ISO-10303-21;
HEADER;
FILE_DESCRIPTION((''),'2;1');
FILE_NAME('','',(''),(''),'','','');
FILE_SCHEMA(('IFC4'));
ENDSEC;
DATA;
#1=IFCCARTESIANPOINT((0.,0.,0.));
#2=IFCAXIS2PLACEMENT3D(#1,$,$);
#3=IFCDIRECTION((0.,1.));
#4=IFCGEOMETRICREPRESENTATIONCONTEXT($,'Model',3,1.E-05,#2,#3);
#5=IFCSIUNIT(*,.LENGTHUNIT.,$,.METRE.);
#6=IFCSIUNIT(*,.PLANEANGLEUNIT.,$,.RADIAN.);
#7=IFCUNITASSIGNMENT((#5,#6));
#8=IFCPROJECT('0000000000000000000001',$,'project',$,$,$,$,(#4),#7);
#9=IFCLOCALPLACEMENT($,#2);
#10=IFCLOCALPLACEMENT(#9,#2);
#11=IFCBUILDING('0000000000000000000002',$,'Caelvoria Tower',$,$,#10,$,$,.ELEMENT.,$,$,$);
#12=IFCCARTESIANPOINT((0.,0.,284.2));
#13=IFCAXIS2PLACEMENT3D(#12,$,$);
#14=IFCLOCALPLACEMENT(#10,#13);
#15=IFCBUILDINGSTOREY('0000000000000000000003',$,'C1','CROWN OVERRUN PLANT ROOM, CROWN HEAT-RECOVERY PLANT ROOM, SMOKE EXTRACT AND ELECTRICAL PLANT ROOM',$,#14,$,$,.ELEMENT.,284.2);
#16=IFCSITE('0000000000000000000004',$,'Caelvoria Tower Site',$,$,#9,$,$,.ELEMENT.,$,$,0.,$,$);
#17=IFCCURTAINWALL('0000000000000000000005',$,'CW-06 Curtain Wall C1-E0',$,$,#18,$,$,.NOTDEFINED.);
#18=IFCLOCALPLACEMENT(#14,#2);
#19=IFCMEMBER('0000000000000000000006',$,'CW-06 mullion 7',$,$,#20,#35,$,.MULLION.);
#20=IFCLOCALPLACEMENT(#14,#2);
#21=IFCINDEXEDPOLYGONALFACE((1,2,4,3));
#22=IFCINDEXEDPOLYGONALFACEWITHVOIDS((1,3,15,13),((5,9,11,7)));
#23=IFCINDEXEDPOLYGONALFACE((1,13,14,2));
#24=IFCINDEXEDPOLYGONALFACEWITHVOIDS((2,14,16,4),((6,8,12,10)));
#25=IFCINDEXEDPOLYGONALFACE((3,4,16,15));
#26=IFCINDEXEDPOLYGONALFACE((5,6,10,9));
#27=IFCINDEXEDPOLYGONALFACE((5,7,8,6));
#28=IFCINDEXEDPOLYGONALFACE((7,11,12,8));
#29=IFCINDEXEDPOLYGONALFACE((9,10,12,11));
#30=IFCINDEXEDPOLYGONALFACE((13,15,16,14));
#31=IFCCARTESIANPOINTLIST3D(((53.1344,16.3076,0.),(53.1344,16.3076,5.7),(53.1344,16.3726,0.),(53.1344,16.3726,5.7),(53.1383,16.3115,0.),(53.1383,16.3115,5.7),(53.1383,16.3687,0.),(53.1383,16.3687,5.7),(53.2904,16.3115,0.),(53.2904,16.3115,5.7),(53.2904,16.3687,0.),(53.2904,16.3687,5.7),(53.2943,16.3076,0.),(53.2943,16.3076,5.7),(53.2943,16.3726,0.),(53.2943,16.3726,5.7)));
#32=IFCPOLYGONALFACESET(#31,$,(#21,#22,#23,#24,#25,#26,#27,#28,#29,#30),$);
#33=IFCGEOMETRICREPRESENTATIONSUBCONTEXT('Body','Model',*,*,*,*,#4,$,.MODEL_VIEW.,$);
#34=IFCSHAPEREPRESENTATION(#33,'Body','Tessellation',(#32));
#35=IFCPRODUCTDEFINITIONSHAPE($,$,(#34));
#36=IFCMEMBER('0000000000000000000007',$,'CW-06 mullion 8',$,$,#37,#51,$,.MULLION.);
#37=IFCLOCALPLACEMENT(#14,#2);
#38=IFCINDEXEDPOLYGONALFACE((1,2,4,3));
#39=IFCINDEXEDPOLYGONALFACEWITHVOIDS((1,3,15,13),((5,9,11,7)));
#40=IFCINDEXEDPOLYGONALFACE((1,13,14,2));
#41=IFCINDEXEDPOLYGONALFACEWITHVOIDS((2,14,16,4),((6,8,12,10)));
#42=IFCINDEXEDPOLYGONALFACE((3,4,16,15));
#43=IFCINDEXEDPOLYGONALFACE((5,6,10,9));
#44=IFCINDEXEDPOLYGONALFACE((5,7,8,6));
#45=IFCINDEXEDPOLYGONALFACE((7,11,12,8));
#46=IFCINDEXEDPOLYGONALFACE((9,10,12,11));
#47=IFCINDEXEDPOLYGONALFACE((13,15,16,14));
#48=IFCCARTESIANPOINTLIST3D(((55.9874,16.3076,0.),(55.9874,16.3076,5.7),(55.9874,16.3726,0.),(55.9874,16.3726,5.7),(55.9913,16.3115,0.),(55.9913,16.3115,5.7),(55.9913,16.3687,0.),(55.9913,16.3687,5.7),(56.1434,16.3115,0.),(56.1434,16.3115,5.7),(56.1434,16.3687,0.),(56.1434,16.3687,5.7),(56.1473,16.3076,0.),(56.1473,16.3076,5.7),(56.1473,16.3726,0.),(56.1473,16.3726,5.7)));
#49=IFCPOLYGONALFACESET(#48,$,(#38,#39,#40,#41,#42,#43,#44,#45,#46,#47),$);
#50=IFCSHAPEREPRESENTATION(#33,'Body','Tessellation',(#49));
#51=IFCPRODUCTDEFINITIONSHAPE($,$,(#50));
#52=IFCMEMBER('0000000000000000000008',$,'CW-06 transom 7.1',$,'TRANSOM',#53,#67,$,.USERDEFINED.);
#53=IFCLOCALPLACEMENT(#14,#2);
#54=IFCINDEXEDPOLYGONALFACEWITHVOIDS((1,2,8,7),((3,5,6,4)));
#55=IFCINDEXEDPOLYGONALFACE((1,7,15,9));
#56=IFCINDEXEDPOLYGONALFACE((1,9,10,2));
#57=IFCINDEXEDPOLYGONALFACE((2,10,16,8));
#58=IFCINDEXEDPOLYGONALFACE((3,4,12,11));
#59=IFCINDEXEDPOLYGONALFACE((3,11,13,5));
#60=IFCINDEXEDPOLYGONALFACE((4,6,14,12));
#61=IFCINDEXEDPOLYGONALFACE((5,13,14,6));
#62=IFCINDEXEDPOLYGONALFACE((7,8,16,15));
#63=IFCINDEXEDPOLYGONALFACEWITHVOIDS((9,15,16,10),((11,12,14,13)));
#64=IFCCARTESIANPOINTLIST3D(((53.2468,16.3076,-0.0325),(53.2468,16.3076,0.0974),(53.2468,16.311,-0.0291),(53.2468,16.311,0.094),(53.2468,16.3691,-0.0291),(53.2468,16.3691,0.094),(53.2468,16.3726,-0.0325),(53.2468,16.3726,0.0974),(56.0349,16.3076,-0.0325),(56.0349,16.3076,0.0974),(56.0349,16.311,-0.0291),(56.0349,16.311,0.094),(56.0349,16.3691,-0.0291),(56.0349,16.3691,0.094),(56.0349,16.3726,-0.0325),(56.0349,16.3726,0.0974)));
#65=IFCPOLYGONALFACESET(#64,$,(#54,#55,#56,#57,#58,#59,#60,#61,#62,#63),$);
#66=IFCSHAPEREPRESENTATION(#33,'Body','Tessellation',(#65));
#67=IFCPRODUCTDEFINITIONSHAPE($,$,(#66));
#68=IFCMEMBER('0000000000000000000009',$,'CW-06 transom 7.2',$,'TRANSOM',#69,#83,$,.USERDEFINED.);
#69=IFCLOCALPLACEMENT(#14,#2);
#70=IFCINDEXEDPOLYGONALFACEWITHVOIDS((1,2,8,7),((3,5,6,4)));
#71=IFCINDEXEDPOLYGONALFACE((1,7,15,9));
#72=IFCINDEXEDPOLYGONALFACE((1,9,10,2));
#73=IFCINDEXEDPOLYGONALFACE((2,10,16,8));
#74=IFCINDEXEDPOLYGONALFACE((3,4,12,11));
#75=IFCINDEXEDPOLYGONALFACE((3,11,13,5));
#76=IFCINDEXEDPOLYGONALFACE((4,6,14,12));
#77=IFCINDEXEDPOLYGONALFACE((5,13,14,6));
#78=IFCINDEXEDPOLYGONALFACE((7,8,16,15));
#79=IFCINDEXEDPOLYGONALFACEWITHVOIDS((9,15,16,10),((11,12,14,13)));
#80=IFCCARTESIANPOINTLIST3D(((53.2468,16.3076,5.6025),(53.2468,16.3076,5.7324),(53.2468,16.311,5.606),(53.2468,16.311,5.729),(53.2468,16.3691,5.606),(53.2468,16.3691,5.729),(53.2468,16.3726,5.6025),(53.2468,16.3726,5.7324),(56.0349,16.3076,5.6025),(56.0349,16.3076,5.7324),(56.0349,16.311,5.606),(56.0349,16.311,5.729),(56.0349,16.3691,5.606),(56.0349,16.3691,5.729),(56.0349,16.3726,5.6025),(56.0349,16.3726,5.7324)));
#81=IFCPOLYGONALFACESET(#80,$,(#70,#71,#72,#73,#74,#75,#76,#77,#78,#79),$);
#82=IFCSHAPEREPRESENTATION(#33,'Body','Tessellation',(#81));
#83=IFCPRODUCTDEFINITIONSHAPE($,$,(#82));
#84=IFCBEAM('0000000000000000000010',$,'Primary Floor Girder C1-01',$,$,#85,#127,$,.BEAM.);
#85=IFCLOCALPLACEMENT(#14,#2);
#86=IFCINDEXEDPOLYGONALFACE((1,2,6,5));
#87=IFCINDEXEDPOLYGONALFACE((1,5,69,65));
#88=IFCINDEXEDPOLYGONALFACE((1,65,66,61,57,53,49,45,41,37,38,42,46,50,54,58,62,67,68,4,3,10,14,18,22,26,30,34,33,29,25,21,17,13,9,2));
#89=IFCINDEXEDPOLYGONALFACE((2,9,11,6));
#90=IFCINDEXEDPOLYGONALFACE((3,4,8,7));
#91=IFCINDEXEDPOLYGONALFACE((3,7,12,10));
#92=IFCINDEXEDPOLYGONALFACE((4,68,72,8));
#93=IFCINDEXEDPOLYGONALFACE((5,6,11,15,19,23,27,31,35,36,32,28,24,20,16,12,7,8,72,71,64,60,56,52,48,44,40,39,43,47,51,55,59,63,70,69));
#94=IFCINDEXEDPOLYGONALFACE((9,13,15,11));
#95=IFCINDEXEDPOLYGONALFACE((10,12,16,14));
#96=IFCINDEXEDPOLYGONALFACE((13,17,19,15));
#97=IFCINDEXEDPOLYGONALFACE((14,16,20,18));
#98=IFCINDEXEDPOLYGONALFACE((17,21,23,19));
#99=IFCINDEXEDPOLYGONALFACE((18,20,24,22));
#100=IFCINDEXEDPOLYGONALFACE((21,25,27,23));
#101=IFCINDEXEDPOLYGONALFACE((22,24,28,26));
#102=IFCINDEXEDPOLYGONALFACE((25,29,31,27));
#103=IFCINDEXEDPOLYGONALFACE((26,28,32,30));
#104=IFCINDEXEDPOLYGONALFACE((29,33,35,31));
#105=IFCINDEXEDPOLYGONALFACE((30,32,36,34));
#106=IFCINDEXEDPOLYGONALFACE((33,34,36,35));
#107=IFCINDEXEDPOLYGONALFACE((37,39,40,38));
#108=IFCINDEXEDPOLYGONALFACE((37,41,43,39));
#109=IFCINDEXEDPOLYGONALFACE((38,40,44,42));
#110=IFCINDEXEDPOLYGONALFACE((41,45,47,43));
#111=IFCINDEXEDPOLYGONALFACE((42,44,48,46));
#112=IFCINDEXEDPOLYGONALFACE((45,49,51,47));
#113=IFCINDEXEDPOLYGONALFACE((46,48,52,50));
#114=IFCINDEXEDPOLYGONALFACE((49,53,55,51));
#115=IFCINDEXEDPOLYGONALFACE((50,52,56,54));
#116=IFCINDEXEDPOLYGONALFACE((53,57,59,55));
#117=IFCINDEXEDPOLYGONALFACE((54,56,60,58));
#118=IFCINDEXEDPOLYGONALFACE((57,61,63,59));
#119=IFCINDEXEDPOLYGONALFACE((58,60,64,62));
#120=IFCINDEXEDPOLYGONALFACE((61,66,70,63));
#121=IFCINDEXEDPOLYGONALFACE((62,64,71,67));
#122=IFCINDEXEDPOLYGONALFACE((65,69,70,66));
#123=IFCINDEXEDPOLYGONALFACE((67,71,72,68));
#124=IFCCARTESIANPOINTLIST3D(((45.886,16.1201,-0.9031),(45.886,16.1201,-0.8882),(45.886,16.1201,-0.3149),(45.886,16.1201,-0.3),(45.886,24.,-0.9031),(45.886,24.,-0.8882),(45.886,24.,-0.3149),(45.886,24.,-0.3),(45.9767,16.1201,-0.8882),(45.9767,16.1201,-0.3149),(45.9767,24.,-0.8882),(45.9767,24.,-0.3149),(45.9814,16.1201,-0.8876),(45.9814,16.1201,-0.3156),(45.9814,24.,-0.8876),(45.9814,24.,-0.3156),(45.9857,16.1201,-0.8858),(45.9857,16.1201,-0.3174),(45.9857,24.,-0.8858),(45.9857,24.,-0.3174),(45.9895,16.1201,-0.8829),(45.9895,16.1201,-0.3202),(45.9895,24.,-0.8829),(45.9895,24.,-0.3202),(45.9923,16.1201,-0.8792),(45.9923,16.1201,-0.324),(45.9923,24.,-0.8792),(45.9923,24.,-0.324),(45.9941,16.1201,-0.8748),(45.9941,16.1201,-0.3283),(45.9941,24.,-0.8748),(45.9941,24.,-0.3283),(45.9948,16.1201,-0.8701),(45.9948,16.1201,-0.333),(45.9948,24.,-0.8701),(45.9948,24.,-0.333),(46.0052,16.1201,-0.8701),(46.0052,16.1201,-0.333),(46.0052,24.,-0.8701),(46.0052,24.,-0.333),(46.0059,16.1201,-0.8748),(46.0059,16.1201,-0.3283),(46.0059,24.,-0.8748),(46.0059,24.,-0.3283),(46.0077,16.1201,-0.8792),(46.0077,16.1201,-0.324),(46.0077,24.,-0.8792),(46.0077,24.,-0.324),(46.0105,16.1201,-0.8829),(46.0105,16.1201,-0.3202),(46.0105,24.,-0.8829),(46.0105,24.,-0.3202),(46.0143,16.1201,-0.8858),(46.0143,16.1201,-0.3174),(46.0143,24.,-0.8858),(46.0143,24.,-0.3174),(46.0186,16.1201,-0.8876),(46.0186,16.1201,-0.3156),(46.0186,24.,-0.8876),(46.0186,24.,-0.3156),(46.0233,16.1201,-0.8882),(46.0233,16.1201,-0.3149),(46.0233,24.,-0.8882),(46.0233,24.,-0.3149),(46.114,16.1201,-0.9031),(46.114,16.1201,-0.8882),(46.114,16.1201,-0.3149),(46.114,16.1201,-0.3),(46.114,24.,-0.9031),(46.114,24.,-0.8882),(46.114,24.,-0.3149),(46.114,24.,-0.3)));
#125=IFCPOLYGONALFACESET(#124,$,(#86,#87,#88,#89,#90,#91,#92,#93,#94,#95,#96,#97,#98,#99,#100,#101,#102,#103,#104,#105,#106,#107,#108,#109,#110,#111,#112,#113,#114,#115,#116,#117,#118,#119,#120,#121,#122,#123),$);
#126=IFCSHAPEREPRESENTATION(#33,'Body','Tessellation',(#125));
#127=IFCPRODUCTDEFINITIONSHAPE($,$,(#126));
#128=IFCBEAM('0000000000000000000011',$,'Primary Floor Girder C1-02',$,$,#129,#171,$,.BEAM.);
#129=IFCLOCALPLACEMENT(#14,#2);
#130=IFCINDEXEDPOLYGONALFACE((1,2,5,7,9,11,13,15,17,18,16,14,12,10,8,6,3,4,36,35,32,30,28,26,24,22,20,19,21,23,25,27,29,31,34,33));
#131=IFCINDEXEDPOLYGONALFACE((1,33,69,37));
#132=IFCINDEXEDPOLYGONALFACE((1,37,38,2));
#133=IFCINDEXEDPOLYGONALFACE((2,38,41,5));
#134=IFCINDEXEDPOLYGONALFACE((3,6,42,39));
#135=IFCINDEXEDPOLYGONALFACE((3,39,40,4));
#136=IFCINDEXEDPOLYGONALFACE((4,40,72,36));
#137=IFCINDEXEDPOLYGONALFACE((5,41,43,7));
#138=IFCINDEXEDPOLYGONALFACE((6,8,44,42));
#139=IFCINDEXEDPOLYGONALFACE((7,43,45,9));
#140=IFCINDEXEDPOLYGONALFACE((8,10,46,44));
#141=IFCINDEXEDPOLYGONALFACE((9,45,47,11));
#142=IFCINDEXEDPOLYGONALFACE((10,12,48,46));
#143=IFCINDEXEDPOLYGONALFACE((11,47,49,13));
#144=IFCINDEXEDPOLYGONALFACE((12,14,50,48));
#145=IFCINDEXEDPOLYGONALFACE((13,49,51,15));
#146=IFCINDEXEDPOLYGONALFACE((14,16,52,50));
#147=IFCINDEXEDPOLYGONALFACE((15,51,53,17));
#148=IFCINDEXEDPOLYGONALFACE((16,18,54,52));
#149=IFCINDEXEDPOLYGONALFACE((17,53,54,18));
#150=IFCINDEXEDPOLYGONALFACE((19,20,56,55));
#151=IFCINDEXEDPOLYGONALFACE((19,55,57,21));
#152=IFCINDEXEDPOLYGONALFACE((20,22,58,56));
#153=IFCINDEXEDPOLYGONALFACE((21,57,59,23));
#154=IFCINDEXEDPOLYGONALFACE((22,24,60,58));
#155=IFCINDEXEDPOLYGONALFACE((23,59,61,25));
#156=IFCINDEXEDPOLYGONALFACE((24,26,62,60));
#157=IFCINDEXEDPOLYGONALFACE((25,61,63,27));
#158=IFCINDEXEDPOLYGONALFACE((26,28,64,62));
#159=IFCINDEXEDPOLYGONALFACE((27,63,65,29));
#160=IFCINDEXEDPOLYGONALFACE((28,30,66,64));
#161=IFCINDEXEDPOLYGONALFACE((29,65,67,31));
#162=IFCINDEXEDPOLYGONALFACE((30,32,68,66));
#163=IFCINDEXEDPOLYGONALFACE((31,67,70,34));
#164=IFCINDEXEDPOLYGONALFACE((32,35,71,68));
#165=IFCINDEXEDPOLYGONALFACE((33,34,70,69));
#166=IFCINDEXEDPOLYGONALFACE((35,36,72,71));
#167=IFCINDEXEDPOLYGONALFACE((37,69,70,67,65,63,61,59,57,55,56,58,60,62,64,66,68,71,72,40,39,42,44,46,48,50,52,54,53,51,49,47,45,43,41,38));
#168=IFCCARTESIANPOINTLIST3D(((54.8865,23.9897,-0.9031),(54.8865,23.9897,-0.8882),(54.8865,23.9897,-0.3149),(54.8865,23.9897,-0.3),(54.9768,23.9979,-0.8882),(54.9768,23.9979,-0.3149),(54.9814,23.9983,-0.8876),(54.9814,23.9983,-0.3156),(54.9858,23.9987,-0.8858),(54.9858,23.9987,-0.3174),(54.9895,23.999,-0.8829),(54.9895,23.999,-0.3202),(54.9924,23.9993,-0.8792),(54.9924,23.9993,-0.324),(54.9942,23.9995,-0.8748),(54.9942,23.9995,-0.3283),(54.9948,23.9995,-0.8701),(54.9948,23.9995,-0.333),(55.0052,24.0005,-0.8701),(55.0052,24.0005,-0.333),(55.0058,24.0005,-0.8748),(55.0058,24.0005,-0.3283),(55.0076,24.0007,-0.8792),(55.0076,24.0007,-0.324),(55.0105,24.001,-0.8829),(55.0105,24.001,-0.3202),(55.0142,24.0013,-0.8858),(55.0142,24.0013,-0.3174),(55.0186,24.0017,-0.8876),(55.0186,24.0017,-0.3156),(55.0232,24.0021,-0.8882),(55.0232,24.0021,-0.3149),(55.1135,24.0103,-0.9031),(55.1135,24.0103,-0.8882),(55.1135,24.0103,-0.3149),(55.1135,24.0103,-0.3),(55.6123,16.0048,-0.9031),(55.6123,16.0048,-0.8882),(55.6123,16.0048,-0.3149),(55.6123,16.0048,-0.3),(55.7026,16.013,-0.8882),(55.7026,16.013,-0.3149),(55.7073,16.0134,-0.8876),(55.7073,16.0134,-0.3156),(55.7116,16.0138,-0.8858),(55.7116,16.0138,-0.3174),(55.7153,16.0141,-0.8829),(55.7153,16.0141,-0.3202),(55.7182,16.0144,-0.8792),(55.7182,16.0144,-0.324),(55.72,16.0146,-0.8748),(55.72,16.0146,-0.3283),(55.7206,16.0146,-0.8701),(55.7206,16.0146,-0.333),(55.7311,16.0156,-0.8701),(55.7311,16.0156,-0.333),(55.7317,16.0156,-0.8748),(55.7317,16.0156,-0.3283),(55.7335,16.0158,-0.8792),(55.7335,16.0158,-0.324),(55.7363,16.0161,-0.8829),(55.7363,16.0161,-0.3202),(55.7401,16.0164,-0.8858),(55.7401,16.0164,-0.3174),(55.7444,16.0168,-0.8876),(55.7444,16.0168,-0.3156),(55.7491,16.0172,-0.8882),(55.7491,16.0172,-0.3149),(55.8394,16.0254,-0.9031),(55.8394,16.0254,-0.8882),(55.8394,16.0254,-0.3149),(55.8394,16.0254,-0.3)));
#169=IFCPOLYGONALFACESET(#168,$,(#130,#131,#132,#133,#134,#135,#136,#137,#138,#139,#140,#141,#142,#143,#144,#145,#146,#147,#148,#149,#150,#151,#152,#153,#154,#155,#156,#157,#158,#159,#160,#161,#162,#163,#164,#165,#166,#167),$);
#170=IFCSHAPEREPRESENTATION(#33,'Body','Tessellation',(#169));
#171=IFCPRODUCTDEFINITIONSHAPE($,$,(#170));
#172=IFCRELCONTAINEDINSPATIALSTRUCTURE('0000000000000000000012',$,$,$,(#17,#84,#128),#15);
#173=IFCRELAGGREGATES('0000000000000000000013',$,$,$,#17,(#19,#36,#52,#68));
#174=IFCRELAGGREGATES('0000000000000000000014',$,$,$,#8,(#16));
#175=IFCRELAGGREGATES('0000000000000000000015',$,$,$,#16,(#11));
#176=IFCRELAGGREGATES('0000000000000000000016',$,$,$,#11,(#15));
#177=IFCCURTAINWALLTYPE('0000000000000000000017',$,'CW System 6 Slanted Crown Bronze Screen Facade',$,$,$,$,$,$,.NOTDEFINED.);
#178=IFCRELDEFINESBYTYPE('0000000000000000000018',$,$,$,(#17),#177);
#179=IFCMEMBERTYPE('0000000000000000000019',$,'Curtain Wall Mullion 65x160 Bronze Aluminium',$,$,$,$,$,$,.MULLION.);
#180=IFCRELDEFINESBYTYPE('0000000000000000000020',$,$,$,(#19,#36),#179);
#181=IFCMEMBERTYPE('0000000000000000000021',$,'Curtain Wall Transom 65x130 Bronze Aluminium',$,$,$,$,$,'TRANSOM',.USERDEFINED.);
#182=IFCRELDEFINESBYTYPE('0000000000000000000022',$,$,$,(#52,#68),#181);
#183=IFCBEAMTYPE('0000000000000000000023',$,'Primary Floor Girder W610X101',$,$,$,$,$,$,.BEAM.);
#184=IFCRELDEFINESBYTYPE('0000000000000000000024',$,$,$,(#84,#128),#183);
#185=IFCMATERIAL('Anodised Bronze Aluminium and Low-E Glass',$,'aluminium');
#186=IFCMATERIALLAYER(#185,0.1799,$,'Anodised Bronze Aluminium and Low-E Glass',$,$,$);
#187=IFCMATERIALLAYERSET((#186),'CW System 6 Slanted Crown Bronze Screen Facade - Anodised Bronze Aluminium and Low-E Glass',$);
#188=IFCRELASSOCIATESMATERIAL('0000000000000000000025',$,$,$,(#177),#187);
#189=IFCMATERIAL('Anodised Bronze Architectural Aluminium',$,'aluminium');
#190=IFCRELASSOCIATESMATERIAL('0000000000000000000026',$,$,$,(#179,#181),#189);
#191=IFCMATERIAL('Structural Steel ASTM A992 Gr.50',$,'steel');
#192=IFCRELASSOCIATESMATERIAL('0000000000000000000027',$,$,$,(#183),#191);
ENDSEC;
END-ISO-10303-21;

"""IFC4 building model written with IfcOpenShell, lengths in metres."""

from ifc_helpers import new_model, si_unit, direction, frame, origin, origin_2d, place, context, subcontext, project, spatial, hollow_rectangle, i_section, extrude, material, layer, layer_set, material_profile, profile_set, type_object, element, aggregate, save


model = new_model("IFC4")

# Units and contexts
model_context = context("Model", 3, precision=1e-05, world=origin(), true_north=direction((0.0, 1.0)))
body_context = subcontext(model_context, "Body", "Model", "MODEL_VIEW")
ifc_project = project(units=[si_unit("LENGTHUNIT", "METRE"), si_unit("PLANEANGLEUNIT", "RADIAN")], contexts=[model_context])

# Site, building, storey
site_placement = place(None, origin())
site = spatial("IfcSite", under=ifc_project, at=site_placement, Name="Caelvoria Tower Site", CompositionType="ELEMENT", RefElevation=0.0)
building_placement = place(site_placement, origin())
building = spatial("IfcBuilding", under=site, at=building_placement, Name="Caelvoria Tower", CompositionType="ELEMENT")
storey_placement = place(building_placement, frame((0.0, 0.0, 284.2)))
storey = spatial("IfcBuildingStorey", under=building, at=storey_placement, Name="C1", Description="CROWN OVERRUN PLANT ROOM, CROWN HEAT-RECOVERY PLANT ROOM, SMOKE EXTRACT AND ELECTRICAL PLANT ROOM", CompositionType="ELEMENT", Elevation=284.2)

# Curtain wall, members
ifc_material_1 = material(Name="Anodised Bronze Aluminium and Low-E Glass", Category="aluminium")
ifc_layer_1 = layer(ifc_material_1, 0.1799, Name="Anodised Bronze Aluminium and Low-E Glass")
ifc_layer_set_1 = layer_set([ifc_layer_1], Name="CW System 6 Slanted Crown Bronze Screen Facade - Anodised Bronze Aluminium and Low-E Glass")
curtain_wall_type = type_object("IfcCurtainWallType", Name="CW System 6 Slanted Crown Bronze Screen Facade", PredefinedType="NOTDEFINED", material=ifc_layer_set_1)
curtain_wall_1_placement = place(storey_placement, origin())
curtain_wall_1 = element("IfcCurtainWall", 1, at=curtain_wall_1_placement, inside=storey, type_object=curtain_wall_type, Name="CW-06 Curtain Wall C1-E0", PredefinedType="NOTDEFINED")
ifc_material_2 = material(Name="Anodised Bronze Architectural Aluminium", Category="aluminium")
ifc_material_profile_1 = material_profile(ifc_material_2, hollow_rectangle(XDim=0.0649, YDim=0.1599, WallThickness=0.0039, at=origin_2d()), Name="Anodised Bronze Architectural Aluminium")
ifc_profile_set_1 = profile_set([ifc_material_profile_1], Name="CW_MULL_65X160 - Anodised Bronze Architectural Aluminium")
member_type_1 = type_object("IfcMemberType", Name="Curtain Wall Mullion 65x160 Bronze Aluminium", PredefinedType="MULLION", material=ifc_profile_set_1)
member_1_placement = place(storey_placement, frame((53.2144, 16.3401, 0.0), z_axis=(0.0, 0.0, 1.0), x_axis=(0.0, 1.0, 0.0)))
member_1 = element("IfcMember", 2, at=member_1_placement, type_object=member_type_1, Name="CW-06 mullion 7", PredefinedType="MULLION", context=body_context, shape_type="SweptSolid", body=[
    extrude(hollow_rectangle(XDim=0.0649, YDim=0.1599, WallThickness=0.0039, at=origin_2d()), origin(), (0.0, 0.0, 1.0), 5.7),
])
member_2_placement = place(storey_placement, frame((56.0674, 16.3401, 0.0), z_axis=(0.0, 0.0, 1.0), x_axis=(0.0, 1.0, 0.0)))
member_2 = element("IfcMember", 3, at=member_2_placement, type_object=member_type_1, Name="CW-06 mullion 8", PredefinedType="MULLION", context=body_context, shape_type="SweptSolid", body=[
    extrude(hollow_rectangle(XDim=0.0649, YDim=0.1599, WallThickness=0.0039, at=origin_2d()), origin(), (0.0, 0.0, 1.0), 5.7),
])
ifc_material_profile_2 = material_profile(ifc_material_2, hollow_rectangle(XDim=0.0649, YDim=0.1299, WallThickness=0.0034, at=origin_2d()), Name="Anodised Bronze Architectural Aluminium")
ifc_profile_set_2 = profile_set([ifc_material_profile_2], Name="CW_TRAN_65X130 - Anodised Bronze Architectural Aluminium")
member_type_2 = type_object("IfcMemberType", Name="Curtain Wall Transom 65x130 Bronze Aluminium", ElementType="TRANSOM", PredefinedType="USERDEFINED", material=ifc_profile_set_2)
member_3_placement = place(storey_placement, frame((53.2468, 16.3401, 0.0325), z_axis=(1.0, 0.0, 0.0), x_axis=(0.0, 1.0, 0.0)))
member_3 = element("IfcMember", 4, at=member_3_placement, type_object=member_type_2, Name="CW-06 transom 7.1", ObjectType="TRANSOM", PredefinedType="USERDEFINED", context=body_context, shape_type="SweptSolid", body=[
    extrude(hollow_rectangle(XDim=0.0649, YDim=0.1299, WallThickness=0.0034, at=origin_2d()), origin(), (0.0, 0.0, 1.0), 2.7881),
])
member_4_placement = place(storey_placement, frame((53.2468, 16.3401, 5.6675), z_axis=(1.0, 0.0, 0.0), x_axis=(0.0, 1.0, 0.0)))
member_4 = element("IfcMember", 5, at=member_4_placement, type_object=member_type_2, Name="CW-06 transom 7.2", ObjectType="TRANSOM", PredefinedType="USERDEFINED", context=body_context, shape_type="SweptSolid", body=[
    extrude(hollow_rectangle(XDim=0.0649, YDim=0.1299, WallThickness=0.0034, at=origin_2d()), origin(), (0.0, 0.0, 1.0), 2.7881),
])

# Beams
ifc_material_3 = material(Name="Structural Steel ASTM A992 Gr.50", Category="steel")
ifc_material_profile_3 = material_profile(ifc_material_3, i_section(OverallWidth=0.228, OverallDepth=0.603, WebThickness=0.0105, FlangeThickness=0.0149, FilletRadius=0.0181, at=origin_2d()), Name="Structural Steel ASTM A992 Gr.50")
ifc_profile_set_3 = profile_set([ifc_material_profile_3], Name="W610X101 - Structural Steel ASTM A992 Gr.50")
beam_type_1 = type_object("IfcBeamType", Name="Primary Floor Girder W610X101", PredefinedType="BEAM", material=ifc_profile_set_3)
beam_1_placement = place(storey_placement, frame((46.0, 24.0, -0.6016), z_axis=(0.0, -1.0, 0.0), x_axis=(1.0, 0.0, 0.0)))
element("IfcBeam", 6, at=beam_1_placement, inside=storey, type_object=beam_type_1, Name="Primary Floor Girder C1-01", PredefinedType="BEAM", context=body_context, shape_type="SweptSolid", body=[
    extrude(i_section(OverallWidth=0.228, OverallDepth=0.603, WebThickness=0.0105, FlangeThickness=0.0149, FilletRadius=0.0181, at=origin_2d()), origin(), (0.0, 0.0, 1.0), 7.8799),
])
beam_2_placement = place(storey_placement, frame((55.0, 24.0, -0.6016), z_axis=(0.090528, -0.995894, 0.0), x_axis=(0.995894, 0.090528, 0.0)))
element("IfcBeam", 7, at=beam_2_placement, inside=storey, type_object=beam_type_1, Name="Primary Floor Girder C1-02", PredefinedType="BEAM", context=body_context, shape_type="SweptSolid", body=[
    extrude(i_section(OverallWidth=0.228, OverallDepth=0.603, WebThickness=0.0105, FlangeThickness=0.0149, FilletRadius=0.0181, at=origin_2d()), origin(), (0.0, 0.0, 1.0), 8.0178),
])

aggregate(curtain_wall_1, [member_1, member_2, member_3, member_4])

save(model, "model.ifc")
